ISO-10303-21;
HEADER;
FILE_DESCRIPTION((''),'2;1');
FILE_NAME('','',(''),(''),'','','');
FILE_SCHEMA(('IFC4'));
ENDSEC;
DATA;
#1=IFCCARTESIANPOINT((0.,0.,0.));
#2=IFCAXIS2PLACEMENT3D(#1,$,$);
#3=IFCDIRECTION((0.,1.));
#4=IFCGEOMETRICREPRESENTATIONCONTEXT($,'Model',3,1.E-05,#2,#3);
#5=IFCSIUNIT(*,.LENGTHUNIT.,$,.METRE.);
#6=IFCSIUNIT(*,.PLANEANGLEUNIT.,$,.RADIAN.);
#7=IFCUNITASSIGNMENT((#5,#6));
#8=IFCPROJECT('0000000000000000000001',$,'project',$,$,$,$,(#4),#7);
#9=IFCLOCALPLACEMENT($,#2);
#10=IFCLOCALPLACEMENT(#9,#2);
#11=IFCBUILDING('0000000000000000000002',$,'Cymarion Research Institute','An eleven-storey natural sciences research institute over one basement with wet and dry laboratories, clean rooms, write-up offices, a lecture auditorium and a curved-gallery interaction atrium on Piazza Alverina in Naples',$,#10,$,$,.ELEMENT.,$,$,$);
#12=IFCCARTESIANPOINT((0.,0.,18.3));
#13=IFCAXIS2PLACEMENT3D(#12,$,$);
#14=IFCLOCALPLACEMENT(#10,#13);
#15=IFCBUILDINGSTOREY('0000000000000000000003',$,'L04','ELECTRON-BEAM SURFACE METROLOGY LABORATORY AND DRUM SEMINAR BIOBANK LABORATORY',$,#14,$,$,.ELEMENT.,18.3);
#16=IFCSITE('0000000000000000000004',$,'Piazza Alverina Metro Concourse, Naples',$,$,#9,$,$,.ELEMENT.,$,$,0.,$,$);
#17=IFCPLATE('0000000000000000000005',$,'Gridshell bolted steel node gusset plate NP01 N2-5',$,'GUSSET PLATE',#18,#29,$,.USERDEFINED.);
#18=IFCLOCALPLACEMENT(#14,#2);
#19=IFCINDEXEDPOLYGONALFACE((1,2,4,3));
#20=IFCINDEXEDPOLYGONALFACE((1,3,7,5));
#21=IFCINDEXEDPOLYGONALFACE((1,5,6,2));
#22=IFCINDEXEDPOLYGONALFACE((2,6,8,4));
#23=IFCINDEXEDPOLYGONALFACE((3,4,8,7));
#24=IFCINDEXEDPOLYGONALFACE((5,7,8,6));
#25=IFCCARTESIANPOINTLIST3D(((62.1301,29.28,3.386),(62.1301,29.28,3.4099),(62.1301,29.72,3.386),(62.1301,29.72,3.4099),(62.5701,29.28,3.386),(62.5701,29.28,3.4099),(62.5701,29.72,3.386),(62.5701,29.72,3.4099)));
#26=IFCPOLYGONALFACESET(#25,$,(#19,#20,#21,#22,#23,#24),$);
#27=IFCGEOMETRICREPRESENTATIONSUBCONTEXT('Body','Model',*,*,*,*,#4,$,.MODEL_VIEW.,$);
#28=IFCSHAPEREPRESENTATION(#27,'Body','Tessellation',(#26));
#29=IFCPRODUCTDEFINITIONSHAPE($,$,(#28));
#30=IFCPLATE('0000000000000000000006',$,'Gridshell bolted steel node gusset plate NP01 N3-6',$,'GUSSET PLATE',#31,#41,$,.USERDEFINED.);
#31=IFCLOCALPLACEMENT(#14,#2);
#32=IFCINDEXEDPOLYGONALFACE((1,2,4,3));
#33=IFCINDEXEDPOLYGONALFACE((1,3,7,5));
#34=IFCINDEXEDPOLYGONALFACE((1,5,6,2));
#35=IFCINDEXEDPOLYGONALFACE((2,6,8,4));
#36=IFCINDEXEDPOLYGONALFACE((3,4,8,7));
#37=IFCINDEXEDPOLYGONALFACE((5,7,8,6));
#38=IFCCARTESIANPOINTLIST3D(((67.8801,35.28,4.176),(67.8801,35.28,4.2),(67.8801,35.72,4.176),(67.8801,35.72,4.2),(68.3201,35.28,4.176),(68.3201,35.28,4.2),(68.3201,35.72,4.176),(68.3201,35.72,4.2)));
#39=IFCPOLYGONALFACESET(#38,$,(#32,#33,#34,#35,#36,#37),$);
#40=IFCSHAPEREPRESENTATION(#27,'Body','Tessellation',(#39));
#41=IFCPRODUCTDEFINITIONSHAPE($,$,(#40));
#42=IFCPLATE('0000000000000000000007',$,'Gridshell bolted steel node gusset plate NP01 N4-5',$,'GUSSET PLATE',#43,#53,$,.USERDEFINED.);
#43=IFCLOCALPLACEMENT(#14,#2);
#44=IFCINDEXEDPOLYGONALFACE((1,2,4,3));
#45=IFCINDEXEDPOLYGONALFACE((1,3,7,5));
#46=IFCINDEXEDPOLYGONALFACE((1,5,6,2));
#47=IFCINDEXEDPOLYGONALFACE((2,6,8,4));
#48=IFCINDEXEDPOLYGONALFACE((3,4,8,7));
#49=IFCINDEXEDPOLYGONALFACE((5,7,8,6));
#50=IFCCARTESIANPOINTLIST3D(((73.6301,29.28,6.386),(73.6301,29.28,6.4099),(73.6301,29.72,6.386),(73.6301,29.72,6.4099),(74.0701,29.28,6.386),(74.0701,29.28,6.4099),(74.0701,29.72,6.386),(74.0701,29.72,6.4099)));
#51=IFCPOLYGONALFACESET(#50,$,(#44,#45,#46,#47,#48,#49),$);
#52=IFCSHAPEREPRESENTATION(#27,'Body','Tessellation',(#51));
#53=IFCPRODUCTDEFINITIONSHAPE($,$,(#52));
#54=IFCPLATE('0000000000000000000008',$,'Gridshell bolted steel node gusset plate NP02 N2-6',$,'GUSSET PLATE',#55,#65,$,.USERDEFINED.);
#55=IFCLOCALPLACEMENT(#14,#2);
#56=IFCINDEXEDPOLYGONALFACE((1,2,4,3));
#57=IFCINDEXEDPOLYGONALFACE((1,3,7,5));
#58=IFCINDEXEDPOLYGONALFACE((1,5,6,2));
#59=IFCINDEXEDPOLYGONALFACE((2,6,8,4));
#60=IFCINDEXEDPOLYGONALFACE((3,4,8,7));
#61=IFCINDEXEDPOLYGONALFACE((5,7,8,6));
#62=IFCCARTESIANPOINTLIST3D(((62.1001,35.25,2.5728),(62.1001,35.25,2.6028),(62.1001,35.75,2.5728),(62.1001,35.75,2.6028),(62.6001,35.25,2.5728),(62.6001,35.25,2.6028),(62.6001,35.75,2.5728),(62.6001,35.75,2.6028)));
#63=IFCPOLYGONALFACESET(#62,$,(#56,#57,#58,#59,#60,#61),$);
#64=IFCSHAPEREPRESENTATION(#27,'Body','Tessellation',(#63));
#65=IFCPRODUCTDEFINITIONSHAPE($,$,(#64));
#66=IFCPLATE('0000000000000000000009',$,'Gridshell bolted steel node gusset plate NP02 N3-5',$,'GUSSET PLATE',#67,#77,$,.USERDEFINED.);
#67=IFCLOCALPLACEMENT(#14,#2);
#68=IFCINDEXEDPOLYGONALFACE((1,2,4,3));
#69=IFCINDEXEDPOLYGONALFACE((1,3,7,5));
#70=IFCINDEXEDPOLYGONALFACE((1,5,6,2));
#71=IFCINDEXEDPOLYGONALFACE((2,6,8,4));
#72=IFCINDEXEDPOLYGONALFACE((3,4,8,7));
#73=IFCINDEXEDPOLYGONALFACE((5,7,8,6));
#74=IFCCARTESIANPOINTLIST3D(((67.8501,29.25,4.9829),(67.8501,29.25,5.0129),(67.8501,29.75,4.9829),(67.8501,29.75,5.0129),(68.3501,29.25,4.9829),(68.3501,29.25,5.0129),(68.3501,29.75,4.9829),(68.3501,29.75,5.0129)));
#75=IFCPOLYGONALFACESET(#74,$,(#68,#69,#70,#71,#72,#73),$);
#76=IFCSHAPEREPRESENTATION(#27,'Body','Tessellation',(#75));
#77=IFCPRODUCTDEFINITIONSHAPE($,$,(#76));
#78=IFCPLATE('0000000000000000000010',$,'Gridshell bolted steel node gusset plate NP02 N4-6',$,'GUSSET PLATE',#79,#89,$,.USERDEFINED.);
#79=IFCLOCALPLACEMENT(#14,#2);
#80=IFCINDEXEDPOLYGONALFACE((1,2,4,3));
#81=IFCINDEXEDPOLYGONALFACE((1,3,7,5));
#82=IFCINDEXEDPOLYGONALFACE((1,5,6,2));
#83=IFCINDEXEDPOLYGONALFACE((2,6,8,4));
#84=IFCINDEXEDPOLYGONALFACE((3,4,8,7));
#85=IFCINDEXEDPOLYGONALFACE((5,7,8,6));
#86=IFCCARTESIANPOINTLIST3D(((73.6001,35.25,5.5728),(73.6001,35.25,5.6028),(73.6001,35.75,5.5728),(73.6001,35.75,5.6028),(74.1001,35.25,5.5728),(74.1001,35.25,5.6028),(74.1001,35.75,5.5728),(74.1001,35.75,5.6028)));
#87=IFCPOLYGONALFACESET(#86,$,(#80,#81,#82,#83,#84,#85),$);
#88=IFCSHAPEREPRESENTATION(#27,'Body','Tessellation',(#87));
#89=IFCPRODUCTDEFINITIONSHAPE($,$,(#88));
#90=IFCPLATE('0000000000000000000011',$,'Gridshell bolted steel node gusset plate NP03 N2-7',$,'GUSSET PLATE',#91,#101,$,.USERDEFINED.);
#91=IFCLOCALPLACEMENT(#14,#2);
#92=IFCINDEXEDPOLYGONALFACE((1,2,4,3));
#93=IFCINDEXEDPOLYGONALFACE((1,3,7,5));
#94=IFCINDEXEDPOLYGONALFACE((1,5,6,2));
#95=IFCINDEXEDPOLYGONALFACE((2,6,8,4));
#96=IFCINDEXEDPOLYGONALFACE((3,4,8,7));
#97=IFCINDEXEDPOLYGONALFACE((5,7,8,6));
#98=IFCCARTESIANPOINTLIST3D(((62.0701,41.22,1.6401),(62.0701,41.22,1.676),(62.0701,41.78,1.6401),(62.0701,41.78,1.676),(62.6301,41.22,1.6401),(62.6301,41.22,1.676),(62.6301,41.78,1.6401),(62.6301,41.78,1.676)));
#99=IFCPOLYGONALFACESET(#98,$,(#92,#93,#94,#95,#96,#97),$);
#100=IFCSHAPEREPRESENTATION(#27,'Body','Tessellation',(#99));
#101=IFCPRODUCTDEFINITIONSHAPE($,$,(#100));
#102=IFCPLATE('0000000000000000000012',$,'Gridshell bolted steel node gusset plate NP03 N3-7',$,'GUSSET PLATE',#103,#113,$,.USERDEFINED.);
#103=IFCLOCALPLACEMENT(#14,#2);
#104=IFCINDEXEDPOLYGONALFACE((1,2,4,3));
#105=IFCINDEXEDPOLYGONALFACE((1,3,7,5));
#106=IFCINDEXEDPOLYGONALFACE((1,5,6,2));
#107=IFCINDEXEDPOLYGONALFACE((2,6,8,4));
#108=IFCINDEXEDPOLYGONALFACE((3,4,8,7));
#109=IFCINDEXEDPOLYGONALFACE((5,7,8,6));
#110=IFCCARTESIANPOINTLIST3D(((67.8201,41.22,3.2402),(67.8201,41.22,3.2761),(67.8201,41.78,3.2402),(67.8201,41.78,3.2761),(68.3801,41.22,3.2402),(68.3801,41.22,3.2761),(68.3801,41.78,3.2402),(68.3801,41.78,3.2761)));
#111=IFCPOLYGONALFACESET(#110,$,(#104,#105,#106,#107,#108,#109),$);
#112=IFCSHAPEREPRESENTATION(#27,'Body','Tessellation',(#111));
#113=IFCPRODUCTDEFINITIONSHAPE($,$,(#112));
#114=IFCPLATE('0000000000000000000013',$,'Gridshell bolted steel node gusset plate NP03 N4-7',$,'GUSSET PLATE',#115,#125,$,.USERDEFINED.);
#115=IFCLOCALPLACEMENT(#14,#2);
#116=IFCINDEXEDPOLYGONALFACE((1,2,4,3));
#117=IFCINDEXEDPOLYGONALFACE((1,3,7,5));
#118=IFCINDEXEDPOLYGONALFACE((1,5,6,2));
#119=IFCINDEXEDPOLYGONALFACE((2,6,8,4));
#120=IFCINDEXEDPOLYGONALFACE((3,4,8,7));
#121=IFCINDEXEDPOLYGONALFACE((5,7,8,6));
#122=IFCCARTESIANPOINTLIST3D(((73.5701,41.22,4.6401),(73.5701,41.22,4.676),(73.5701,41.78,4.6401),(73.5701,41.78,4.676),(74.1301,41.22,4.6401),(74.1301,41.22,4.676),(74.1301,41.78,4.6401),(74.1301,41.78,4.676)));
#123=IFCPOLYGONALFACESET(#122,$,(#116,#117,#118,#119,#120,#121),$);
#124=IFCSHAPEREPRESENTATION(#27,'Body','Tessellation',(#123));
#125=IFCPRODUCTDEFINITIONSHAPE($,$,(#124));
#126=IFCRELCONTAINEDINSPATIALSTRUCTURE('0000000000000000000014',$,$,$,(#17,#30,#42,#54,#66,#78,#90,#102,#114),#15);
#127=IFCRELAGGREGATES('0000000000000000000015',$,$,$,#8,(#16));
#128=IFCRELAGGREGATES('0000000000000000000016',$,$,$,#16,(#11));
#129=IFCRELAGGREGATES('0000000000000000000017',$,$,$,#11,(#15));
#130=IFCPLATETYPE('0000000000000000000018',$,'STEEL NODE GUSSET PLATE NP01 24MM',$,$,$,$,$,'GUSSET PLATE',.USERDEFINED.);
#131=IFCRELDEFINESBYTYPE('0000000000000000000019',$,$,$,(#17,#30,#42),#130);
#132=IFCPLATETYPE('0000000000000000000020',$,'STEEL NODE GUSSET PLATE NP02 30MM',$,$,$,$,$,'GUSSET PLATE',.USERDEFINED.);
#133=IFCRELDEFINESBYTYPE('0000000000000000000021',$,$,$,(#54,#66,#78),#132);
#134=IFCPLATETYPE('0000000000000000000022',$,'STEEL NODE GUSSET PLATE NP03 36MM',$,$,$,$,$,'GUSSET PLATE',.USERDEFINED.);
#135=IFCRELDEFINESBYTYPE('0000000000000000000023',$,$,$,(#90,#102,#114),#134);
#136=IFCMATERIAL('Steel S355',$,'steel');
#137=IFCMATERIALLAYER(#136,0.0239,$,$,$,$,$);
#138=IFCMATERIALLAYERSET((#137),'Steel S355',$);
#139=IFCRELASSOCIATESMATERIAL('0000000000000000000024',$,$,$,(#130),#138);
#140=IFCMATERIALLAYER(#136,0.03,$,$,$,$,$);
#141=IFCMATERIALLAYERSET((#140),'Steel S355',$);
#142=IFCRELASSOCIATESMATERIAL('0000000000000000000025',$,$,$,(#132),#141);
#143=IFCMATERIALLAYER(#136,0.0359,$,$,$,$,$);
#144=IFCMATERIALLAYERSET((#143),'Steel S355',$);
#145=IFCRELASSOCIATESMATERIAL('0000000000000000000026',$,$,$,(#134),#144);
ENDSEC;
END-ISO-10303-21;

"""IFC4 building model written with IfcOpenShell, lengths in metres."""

from ifc_helpers import new_model, si_unit, direction, frame, origin, origin_2d, place, context, subcontext, project, spatial, rectangle, extrude, material, layer, layer_set, type_object, element, save


model = new_model("IFC4")

# Units and contexts
model_context = context("Model", 3, precision=1e-05, world=origin(), true_north=direction((0.0, 1.0)))
body_context = subcontext(model_context, "Body", "Model", "MODEL_VIEW")
ifc_project = project(units=[si_unit("LENGTHUNIT", "METRE"), si_unit("PLANEANGLEUNIT", "RADIAN")], contexts=[model_context])

# Site, building, storey
site_placement = place(None, origin())
site = spatial("IfcSite", under=ifc_project, at=site_placement, Name="Piazza Alverina Metro Concourse, Naples", CompositionType="ELEMENT", RefElevation=0.0)
building_placement = place(site_placement, origin())
building = spatial("IfcBuilding", under=site, at=building_placement, Name="Cymarion Research Institute", Description="An eleven-storey natural sciences research institute over one basement with wet and dry laboratories, clean rooms, write-up offices, a lecture auditorium and a curved-gallery interaction atrium on Piazza Alverina in Naples", CompositionType="ELEMENT")
storey_placement = place(building_placement, frame((0.0, 0.0, 18.3)))
storey = spatial("IfcBuildingStorey", under=building, at=storey_placement, Name="L04", Description="ELECTRON-BEAM SURFACE METROLOGY LABORATORY AND DRUM SEMINAR BIOBANK LABORATORY", CompositionType="ELEMENT", Elevation=18.3)

# Shared definitions
ifc_material_1 = material(Name="Steel S355", Category="steel")

# Plates
ifc_layer_1 = layer(ifc_material_1, 0.0239)
ifc_layer_set_1 = layer_set([ifc_layer_1], Name="Steel S355")
plate_type_1 = type_object("IfcPlateType", Name="STEEL NODE GUSSET PLATE NP01 24MM", ElementType="GUSSET PLATE", PredefinedType="USERDEFINED", material=ifc_layer_set_1)
for number, where, z_axis, x_axis, name in (
    (1, (62.3501, 29.5, 3.386), (0.0, 0.0, 1.0), (1.0, 0.0, 0.0), "Gridshell bolted steel node gusset plate NP01 N2-5"),
    (2, (68.1001, 35.5, 4.176), (0.0, 0.0, 1.0), (1.0, 0.0, 0.0), "Gridshell bolted steel node gusset plate NP01 N3-6"),
    (3, (73.8501, 29.5, 6.386), (0.0, 0.0, 1.0), (1.0, 0.0, 0.0), "Gridshell bolted steel node gusset plate NP01 N4-5"),
):
    element("IfcPlate", number, at=place(storey_placement, frame(where, z_axis=z_axis, x_axis=x_axis)), inside=storey, type_object=plate_type_1, Name=name, ObjectType="GUSSET PLATE", PredefinedType="USERDEFINED", context=body_context, shape_type="SweptSolid", body=[
        extrude(rectangle(XDim=0.4399, YDim=0.4399, at=origin_2d()), origin(), (0.0, 0.0, 1.0), 0.0239),
    ])
ifc_layer_2 = layer(ifc_material_1, 0.03)
ifc_layer_set_2 = layer_set([ifc_layer_2], Name="Steel S355")
plate_type_2 = type_object("IfcPlateType", Name="STEEL NODE GUSSET PLATE NP02 30MM", ElementType="GUSSET PLATE", PredefinedType="USERDEFINED", material=ifc_layer_set_2)
for number, where, z_axis, x_axis, name in (
    (4, (62.3501, 35.5, 2.5728), (0.0, 0.0, 1.0), (1.0, 0.0, 0.0), "Gridshell bolted steel node gusset plate NP02 N2-6"),
    (5, (68.1001, 29.5, 4.9829), (0.0, 0.0, 1.0), (1.0, 0.0, 0.0), "Gridshell bolted steel node gusset plate NP02 N3-5"),
    (6, (73.8501, 35.5, 5.5728), (0.0, 0.0, 1.0), (1.0, 0.0, 0.0), "Gridshell bolted steel node gusset plate NP02 N4-6"),
):
    element("IfcPlate", number, at=place(storey_placement, frame(where, z_axis=z_axis, x_axis=x_axis)), inside=storey, type_object=plate_type_2, Name=name, ObjectType="GUSSET PLATE", PredefinedType="USERDEFINED", context=body_context, shape_type="SweptSolid", body=[
        extrude(rectangle(XDim=0.5, YDim=0.5, at=origin_2d()), origin(), (0.0, 0.0, 1.0), 0.03),
    ])
ifc_layer_3 = layer(ifc_material_1, 0.0359)
ifc_layer_set_3 = layer_set([ifc_layer_3], Name="Steel S355")
plate_type_3 = type_object("IfcPlateType", Name="STEEL NODE GUSSET PLATE NP03 36MM", ElementType="GUSSET PLATE", PredefinedType="USERDEFINED", material=ifc_layer_set_3)
for number, where, z_axis, x_axis, name in (
    (7, (62.3501, 41.5, 1.6401), (0.0, 0.0, 1.0), (1.0, 0.0, 0.0), "Gridshell bolted steel node gusset plate NP03 N2-7"),
    (8, (68.1001, 41.5, 3.2402), (0.0, 0.0, 1.0), (1.0, 0.0, 0.0), "Gridshell bolted steel node gusset plate NP03 N3-7"),
    (9, (73.8501, 41.5, 4.6401), (0.0, 0.0, 1.0), (1.0, 0.0, 0.0), "Gridshell bolted steel node gusset plate NP03 N4-7"),
):
    element("IfcPlate", number, at=place(storey_placement, frame(where, z_axis=z_axis, x_axis=x_axis)), inside=storey, type_object=plate_type_3, Name=name, ObjectType="GUSSET PLATE", PredefinedType="USERDEFINED", context=body_context, shape_type="SweptSolid", body=[
        extrude(rectangle(XDim=0.5601, YDim=0.5601, at=origin_2d()), origin(), (0.0, 0.0, 1.0), 0.0359),
    ])

save(model, "model.ifc")
